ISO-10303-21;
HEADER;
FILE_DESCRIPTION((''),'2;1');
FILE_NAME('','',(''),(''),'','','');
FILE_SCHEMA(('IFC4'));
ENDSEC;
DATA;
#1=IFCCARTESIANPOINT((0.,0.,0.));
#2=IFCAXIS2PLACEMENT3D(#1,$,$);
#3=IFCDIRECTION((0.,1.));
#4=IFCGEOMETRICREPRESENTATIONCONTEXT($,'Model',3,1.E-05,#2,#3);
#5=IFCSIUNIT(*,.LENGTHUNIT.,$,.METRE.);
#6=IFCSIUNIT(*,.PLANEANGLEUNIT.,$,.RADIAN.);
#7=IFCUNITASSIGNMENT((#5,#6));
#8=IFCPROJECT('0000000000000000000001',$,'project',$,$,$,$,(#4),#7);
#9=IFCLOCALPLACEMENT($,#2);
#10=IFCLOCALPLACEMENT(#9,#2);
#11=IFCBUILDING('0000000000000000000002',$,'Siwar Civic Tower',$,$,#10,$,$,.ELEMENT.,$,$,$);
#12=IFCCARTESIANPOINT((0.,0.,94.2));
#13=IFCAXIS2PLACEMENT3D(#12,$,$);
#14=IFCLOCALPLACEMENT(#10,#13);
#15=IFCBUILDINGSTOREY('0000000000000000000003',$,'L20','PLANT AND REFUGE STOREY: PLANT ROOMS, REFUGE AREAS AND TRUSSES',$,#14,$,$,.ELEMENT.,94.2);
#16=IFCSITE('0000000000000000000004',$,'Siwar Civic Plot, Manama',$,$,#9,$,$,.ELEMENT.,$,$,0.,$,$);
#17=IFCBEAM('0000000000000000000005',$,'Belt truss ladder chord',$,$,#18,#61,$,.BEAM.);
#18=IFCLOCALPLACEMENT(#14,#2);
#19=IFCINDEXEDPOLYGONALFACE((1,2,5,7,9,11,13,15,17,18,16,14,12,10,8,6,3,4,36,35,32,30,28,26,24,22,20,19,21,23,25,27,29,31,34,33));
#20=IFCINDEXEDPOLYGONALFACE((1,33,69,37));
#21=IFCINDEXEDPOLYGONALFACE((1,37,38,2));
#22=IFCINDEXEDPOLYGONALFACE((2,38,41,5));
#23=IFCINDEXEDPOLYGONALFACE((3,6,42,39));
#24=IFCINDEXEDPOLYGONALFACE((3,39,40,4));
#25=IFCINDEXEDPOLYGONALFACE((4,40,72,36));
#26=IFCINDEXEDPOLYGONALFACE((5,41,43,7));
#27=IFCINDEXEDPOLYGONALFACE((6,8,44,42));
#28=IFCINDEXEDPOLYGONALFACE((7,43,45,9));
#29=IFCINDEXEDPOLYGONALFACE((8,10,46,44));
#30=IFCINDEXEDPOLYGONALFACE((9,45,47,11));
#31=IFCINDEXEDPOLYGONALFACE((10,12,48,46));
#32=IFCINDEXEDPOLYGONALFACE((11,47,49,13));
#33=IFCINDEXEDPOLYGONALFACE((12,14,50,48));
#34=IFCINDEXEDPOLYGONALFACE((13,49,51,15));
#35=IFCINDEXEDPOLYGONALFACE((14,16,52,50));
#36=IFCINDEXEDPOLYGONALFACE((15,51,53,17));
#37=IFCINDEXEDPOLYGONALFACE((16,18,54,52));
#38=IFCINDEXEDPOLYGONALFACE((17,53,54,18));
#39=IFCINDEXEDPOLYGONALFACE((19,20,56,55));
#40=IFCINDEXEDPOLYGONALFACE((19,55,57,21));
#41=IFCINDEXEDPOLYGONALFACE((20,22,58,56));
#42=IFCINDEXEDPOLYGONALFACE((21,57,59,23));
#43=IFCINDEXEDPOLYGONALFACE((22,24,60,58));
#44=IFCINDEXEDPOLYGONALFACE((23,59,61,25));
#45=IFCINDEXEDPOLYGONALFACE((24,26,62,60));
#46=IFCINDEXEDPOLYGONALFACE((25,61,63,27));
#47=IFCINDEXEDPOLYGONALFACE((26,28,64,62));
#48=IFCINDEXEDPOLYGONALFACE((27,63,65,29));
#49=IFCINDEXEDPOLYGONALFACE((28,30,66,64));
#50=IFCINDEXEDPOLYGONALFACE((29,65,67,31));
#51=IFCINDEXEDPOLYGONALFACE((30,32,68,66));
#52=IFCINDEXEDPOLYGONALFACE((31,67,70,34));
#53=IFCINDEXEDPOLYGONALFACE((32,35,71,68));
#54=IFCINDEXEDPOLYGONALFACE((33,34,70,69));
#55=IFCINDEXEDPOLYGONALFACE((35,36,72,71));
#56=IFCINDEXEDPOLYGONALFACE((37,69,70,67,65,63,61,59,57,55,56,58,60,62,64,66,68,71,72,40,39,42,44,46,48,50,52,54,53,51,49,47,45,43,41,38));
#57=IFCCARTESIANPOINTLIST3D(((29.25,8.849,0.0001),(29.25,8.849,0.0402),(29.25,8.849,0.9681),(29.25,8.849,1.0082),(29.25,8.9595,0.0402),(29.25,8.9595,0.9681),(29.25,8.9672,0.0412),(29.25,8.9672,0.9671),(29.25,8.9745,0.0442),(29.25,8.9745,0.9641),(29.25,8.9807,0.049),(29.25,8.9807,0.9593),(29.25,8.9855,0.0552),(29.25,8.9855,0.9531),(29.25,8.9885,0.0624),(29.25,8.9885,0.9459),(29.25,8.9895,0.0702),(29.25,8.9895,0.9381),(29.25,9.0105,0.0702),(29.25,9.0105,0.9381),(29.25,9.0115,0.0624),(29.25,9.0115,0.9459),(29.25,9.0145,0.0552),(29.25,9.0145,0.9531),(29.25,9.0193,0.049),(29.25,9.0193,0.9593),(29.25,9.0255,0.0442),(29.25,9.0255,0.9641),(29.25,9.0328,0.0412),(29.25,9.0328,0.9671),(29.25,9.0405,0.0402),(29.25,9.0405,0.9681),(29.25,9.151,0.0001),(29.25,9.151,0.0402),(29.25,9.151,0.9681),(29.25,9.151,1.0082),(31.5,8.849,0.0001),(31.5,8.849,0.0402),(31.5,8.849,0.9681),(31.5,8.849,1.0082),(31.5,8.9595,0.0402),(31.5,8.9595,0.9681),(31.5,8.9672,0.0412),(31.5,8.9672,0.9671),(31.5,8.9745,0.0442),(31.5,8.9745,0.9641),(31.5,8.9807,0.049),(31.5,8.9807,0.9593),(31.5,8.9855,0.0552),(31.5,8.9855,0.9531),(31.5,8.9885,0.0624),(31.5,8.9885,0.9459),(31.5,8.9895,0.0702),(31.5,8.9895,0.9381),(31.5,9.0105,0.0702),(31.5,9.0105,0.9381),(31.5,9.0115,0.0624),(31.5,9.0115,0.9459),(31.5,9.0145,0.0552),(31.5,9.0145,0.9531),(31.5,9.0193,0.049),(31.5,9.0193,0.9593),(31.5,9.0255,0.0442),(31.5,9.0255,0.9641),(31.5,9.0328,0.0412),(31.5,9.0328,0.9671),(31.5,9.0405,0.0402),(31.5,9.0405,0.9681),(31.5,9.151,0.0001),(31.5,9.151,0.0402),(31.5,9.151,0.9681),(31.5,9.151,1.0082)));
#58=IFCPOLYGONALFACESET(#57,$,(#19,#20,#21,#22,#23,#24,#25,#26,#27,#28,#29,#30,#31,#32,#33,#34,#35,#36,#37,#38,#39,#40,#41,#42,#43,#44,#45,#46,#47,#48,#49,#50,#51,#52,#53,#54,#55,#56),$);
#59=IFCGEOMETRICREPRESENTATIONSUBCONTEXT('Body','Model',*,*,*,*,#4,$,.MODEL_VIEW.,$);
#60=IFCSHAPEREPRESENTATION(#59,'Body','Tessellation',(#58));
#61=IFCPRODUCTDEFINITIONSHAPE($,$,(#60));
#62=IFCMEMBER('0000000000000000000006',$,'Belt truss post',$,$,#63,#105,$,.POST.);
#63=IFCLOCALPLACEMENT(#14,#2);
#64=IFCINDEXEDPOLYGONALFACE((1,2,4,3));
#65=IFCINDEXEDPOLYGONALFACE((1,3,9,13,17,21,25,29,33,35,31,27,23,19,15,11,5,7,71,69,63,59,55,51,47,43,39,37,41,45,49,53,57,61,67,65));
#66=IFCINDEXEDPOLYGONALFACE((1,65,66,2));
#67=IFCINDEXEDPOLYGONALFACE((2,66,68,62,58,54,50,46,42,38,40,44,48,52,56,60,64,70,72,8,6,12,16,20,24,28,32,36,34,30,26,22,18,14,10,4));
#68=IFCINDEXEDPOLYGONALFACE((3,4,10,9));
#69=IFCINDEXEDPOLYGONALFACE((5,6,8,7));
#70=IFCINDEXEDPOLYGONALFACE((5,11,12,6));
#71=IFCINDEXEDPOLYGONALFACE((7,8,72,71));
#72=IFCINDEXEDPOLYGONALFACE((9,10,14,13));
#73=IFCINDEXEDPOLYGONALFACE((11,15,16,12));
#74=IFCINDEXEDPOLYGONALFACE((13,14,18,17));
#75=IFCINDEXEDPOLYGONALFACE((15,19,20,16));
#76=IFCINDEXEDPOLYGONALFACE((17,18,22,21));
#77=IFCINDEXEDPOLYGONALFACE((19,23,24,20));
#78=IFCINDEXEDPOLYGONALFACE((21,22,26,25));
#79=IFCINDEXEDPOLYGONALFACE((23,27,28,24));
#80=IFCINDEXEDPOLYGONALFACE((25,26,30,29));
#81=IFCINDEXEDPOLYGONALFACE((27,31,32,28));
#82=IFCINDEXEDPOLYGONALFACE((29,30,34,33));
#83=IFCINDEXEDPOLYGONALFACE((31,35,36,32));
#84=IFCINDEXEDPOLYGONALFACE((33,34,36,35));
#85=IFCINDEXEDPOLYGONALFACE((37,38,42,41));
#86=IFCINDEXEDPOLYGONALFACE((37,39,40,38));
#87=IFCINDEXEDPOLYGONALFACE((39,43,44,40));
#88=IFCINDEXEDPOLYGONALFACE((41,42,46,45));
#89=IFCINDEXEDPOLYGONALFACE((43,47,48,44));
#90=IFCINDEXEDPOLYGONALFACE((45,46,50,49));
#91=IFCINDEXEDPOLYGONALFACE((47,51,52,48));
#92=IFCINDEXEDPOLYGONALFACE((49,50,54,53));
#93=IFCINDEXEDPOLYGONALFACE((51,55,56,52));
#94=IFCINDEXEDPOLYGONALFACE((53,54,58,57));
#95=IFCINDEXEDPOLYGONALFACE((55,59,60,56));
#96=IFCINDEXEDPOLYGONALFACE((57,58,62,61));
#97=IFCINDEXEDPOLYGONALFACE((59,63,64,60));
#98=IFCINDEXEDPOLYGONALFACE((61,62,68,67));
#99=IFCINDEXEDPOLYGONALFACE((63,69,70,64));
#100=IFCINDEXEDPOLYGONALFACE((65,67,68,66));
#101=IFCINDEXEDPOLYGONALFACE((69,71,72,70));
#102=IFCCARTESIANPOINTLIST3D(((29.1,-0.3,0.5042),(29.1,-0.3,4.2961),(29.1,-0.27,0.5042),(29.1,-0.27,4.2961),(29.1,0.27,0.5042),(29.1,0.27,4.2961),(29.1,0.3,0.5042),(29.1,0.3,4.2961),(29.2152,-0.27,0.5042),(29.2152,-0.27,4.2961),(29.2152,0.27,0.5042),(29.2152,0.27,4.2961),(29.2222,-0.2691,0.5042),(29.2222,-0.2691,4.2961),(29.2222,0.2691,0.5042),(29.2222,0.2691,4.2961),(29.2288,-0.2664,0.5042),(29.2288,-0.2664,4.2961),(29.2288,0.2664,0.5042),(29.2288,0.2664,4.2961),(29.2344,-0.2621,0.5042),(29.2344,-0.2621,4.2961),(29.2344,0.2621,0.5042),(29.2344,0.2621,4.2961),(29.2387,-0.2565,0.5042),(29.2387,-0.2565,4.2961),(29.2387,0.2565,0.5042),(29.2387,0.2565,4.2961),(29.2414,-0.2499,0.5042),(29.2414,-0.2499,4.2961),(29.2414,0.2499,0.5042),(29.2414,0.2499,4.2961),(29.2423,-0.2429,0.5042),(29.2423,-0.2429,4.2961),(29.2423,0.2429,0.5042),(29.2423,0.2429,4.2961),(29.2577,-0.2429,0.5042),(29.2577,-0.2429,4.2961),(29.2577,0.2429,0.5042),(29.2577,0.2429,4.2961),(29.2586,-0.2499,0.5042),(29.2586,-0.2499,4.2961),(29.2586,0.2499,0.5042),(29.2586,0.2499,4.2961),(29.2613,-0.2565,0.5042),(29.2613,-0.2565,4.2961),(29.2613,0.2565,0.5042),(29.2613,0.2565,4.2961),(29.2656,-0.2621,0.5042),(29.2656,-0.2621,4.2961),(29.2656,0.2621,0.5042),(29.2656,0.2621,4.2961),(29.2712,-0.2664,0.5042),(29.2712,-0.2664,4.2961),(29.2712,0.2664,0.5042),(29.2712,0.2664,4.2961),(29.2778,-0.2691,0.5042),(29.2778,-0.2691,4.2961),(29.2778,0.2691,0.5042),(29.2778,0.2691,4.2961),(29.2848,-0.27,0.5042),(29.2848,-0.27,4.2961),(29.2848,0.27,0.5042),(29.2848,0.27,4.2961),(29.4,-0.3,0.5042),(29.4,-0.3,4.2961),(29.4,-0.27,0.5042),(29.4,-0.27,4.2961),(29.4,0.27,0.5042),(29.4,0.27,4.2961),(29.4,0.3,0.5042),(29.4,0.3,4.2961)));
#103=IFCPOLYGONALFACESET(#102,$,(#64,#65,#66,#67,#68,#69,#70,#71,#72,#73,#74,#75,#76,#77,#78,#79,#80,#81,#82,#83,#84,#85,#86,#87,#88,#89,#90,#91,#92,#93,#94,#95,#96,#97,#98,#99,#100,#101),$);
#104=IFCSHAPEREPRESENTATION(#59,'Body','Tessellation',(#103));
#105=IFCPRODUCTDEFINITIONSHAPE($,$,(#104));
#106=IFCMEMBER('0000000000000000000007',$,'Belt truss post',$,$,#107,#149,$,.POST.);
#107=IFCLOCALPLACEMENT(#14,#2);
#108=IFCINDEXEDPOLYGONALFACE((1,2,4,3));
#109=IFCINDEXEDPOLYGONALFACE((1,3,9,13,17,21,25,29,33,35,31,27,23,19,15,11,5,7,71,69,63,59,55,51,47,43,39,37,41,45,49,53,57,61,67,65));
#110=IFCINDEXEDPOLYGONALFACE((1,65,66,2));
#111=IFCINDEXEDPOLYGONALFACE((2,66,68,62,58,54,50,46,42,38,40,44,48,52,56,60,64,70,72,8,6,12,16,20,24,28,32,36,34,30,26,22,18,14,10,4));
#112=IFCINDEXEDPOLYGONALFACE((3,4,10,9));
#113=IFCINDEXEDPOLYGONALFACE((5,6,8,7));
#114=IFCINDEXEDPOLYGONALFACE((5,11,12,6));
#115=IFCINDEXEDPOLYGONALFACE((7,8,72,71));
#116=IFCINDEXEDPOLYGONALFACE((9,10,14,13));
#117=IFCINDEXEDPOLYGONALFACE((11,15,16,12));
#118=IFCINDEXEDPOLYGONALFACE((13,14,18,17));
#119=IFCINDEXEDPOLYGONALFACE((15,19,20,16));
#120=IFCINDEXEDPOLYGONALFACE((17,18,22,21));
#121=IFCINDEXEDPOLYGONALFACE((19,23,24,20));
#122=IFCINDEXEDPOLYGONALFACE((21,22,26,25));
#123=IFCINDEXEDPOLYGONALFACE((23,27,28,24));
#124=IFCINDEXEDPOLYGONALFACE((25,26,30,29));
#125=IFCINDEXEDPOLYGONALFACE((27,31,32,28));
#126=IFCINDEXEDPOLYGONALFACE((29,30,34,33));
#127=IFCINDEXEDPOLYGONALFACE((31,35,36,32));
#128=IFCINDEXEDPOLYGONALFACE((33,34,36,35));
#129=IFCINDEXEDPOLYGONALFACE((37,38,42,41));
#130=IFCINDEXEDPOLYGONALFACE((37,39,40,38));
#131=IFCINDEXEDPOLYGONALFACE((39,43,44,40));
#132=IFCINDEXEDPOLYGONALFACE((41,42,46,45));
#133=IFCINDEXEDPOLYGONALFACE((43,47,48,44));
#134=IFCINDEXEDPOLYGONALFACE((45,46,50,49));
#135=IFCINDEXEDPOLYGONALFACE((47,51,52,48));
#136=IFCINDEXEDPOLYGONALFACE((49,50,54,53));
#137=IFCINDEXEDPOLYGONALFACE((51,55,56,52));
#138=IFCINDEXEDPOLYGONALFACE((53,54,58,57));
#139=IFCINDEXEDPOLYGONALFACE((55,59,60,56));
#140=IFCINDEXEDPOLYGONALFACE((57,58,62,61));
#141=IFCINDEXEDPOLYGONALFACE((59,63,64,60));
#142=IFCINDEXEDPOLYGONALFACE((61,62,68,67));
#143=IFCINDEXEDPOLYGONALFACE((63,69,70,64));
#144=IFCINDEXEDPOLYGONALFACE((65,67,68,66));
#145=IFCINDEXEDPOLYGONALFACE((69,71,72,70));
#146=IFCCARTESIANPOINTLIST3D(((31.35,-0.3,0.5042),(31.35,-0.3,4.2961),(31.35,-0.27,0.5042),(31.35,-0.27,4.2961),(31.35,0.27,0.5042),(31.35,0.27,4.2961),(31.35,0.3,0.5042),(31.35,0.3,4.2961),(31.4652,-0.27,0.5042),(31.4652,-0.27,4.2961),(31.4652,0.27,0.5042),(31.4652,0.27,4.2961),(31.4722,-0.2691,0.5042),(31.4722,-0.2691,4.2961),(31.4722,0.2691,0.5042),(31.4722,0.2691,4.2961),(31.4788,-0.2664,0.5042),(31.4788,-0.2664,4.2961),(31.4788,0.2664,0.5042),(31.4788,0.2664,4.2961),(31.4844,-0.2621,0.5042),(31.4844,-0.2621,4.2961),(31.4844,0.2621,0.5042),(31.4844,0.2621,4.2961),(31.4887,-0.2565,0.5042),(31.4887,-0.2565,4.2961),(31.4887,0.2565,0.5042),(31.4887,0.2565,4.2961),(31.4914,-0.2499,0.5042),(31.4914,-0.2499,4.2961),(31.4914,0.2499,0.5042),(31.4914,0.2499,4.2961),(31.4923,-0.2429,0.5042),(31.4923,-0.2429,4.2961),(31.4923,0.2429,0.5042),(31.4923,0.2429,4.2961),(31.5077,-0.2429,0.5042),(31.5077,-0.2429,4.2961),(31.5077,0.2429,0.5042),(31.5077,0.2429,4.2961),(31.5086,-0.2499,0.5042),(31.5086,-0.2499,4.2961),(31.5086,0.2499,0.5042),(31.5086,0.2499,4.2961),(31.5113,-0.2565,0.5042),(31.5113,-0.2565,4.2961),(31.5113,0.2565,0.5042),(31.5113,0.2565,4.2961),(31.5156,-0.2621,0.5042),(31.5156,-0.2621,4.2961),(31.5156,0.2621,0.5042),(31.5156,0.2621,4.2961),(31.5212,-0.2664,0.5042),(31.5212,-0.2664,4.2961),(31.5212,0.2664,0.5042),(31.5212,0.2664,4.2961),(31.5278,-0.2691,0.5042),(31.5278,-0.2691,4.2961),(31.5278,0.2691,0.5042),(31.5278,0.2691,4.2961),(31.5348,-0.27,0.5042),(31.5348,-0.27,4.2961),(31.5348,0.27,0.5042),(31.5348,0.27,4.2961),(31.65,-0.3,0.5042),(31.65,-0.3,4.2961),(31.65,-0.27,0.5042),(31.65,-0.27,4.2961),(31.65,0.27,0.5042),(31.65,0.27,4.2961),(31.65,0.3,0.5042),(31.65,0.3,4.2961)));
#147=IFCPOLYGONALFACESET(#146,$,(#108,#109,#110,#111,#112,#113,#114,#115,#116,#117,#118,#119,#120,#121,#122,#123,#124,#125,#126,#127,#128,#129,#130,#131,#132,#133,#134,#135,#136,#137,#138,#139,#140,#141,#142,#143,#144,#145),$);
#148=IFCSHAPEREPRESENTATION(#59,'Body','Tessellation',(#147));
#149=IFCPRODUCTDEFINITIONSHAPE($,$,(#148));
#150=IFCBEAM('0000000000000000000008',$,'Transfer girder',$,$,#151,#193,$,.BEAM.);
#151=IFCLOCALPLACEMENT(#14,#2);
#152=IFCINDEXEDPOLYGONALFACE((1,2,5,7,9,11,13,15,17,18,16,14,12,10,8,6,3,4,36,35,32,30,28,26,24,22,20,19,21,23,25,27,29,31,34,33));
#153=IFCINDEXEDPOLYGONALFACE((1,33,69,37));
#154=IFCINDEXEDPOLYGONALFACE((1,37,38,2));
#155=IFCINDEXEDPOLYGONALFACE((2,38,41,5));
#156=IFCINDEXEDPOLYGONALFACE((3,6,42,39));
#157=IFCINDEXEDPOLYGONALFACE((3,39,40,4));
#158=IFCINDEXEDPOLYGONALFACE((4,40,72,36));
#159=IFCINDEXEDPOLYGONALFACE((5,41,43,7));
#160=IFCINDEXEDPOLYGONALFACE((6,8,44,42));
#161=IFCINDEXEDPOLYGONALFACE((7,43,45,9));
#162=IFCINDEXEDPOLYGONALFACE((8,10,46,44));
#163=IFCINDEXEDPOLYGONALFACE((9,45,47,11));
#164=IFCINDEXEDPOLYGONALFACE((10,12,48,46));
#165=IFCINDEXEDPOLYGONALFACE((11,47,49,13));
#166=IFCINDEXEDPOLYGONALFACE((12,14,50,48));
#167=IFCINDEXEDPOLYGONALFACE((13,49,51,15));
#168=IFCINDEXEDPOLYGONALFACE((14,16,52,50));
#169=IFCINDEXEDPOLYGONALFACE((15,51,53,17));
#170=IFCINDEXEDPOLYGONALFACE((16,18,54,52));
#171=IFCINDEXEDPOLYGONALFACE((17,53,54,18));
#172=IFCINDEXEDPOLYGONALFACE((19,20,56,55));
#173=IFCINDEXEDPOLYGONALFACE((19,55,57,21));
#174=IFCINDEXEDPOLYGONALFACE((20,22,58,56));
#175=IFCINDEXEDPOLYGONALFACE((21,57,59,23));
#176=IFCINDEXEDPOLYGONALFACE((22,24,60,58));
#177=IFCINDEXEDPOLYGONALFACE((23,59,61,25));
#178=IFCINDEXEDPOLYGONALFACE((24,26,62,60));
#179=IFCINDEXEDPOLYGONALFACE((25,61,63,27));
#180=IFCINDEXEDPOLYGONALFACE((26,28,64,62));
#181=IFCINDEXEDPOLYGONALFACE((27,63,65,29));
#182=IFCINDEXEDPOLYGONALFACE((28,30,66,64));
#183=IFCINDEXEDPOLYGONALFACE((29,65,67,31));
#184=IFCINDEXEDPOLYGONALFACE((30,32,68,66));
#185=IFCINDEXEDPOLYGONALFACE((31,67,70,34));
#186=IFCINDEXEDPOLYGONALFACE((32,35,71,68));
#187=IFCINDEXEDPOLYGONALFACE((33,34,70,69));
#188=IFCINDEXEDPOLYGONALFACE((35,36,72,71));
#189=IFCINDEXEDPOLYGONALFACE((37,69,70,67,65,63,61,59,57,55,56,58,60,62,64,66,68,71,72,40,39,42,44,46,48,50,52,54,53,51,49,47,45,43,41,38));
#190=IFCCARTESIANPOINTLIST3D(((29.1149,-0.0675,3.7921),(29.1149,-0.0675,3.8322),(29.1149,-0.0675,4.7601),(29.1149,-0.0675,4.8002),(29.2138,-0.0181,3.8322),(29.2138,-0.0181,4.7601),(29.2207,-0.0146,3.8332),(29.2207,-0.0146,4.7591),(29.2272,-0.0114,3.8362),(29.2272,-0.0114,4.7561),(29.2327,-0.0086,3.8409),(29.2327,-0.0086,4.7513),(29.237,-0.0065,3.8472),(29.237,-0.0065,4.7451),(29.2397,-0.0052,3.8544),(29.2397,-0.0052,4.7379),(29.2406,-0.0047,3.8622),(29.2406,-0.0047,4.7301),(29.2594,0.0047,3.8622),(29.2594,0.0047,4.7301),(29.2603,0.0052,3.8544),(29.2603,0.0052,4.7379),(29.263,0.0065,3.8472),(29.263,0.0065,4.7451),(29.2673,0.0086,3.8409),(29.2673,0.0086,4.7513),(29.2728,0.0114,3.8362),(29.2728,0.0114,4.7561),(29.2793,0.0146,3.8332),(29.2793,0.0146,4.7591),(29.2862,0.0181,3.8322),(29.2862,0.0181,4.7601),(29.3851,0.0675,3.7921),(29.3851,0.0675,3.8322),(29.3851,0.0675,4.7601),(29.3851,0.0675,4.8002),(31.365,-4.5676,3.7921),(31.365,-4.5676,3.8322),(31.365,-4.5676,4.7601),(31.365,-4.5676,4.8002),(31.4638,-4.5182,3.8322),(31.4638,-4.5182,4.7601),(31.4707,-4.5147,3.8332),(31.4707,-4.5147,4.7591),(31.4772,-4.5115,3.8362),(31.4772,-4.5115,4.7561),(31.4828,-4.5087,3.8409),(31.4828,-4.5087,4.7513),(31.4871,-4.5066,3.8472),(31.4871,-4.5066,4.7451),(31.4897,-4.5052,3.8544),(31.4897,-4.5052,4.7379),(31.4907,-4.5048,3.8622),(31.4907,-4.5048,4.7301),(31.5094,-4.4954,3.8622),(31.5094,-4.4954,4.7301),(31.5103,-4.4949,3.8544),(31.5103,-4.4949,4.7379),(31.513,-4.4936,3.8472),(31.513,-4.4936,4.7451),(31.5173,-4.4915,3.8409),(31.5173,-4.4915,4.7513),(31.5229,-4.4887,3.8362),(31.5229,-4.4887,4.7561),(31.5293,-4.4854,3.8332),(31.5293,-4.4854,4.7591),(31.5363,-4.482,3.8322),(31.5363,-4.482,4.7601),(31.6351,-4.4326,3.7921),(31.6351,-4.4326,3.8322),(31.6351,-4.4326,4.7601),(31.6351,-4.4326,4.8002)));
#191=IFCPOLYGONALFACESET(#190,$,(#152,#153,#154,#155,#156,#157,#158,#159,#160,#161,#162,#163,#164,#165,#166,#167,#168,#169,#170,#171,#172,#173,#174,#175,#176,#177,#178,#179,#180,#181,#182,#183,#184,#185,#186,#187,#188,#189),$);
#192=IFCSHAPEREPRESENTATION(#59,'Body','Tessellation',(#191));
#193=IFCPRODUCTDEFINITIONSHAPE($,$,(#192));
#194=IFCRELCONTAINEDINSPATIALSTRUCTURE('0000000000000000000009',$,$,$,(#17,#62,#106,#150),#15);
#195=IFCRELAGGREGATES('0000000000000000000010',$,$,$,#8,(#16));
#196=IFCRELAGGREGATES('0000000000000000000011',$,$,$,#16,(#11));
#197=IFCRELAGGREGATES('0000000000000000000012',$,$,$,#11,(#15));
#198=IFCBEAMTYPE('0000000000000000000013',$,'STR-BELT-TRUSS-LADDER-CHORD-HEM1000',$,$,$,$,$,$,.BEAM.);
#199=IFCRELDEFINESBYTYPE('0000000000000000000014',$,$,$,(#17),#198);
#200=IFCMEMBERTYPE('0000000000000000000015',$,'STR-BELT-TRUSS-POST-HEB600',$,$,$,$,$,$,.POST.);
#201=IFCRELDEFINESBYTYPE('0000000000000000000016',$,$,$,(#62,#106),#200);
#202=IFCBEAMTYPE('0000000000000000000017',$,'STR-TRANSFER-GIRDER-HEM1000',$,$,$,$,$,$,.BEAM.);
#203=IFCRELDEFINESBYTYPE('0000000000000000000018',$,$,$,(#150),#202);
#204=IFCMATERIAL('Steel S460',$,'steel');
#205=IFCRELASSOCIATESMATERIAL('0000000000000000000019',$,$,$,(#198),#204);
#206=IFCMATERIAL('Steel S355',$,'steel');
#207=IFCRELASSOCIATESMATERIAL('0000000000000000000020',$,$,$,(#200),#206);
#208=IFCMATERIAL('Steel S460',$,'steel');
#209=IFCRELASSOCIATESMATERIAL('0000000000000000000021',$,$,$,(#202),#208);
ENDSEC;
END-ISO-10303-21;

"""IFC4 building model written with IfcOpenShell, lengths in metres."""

from ifc_helpers import new_model, si_unit, direction, frame, origin, origin_2d, place, context, subcontext, project, spatial, i_section, extrude, material, material_profile, profile_set, type_object, element, save


model = new_model("IFC4")

# Units and contexts
model_context = context("Model", 3, precision=1e-05, world=origin(), true_north=direction((0.0, 1.0)))
body_context = subcontext(model_context, "Body", "Model", "MODEL_VIEW")
ifc_project = project(units=[si_unit("LENGTHUNIT", "METRE"), si_unit("PLANEANGLEUNIT", "RADIAN")], contexts=[model_context])

# Site, building, storey
site_placement = place(None, origin())
site = spatial("IfcSite", under=ifc_project, at=site_placement, Name="Siwar Civic Plot, Manama", CompositionType="ELEMENT", RefElevation=0.0)
building_placement = place(site_placement, origin())
building = spatial("IfcBuilding", under=site, at=building_placement, Name="Siwar Civic Tower", CompositionType="ELEMENT")
storey_placement = place(building_placement, frame((0.0, 0.0, 94.2)))
storey = spatial("IfcBuildingStorey", under=building, at=storey_placement, Name="L20", Description="PLANT AND REFUGE STOREY: PLANT ROOMS, REFUGE AREAS AND TRUSSES", CompositionType="ELEMENT", Elevation=94.2)

# Beam
ifc_material_1 = material(Name="Steel S460", Category="steel")
ifc_material_profile_1 = material_profile(ifc_material_1, i_section(OverallWidth=0.302, OverallDepth=1.0081, WebThickness=0.021, FlangeThickness=0.04, FilletRadius=0.03, at=origin_2d()), Name="HEM1000")
ifc_profile_set_1 = profile_set([ifc_material_profile_1], Name="Steel S460")
beam_type_1 = type_object("IfcBeamType", Name="STR-BELT-TRUSS-LADDER-CHORD-HEM1000", PredefinedType="BEAM", material=ifc_profile_set_1)
for number, where, z_axis, x_axis, name in (
    (1, (29.25, 9.0, 0.5042), (1.0, 0.0, 0.0), (0.0, 1.0, 0.0), "Belt truss ladder chord"),
):
    element("IfcBeam", number, at=place(storey_placement, frame(where, z_axis=z_axis, x_axis=x_axis)), inside=storey, type_object=beam_type_1, Name=name, PredefinedType="BEAM", context=body_context, shape_type="SweptSolid", body=[
        extrude(i_section(OverallWidth=0.302, OverallDepth=1.0081, WebThickness=0.021, FlangeThickness=0.04, FilletRadius=0.03, at=origin_2d()), origin(), (0.0, 0.0, 1.0), 2.25),
    ])

# Members
ifc_material_2 = material(Name="Steel S355", Category="steel")
ifc_material_profile_2 = material_profile(ifc_material_2, i_section(OverallWidth=0.3, OverallDepth=0.6001, WebThickness=0.0154, FlangeThickness=0.03, FilletRadius=0.0271, at=origin_2d()), Name="HEB600")
ifc_profile_set_2 = profile_set([ifc_material_profile_2], Name="Steel S355")
member_type_1 = type_object("IfcMemberType", Name="STR-BELT-TRUSS-POST-HEB600", PredefinedType="POST", material=ifc_profile_set_2)
for number, where, z_axis, x_axis, name in (
    (2, (29.25, 0.0, 0.5042), (0.0, 0.0, 1.0), (1.0, 0.0, 0.0), "Belt truss post"),
    (3, (31.5, 0.0, 0.5042), (0.0, 0.0, 1.0), (1.0, 0.0, 0.0), "Belt truss post"),
):
    element("IfcMember", number, at=place(storey_placement, frame(where, z_axis=z_axis, x_axis=x_axis)), inside=storey, type_object=member_type_1, Name=name, PredefinedType="POST", context=body_context, shape_type="SweptSolid", body=[
        extrude(i_section(OverallWidth=0.3, OverallDepth=0.6001, WebThickness=0.0154, FlangeThickness=0.03, FilletRadius=0.0271, at=origin_2d()), origin(), (0.0, 0.0, 1.0), 3.792),
    ])

# Beam
ifc_material_3 = material(Name="Steel S460", Category="steel")
ifc_material_profile_3 = material_profile(ifc_material_3, i_section(OverallWidth=0.302, OverallDepth=1.0081, WebThickness=0.021, FlangeThickness=0.04, FilletRadius=0.03, at=origin_2d()), Name="HEM1000")
ifc_profile_set_3 = profile_set([ifc_material_profile_3], Name="Steel S460")
beam_type_2 = type_object("IfcBeamType", Name="STR-TRANSFER-GIRDER-HEM1000", PredefinedType="BEAM", material=ifc_profile_set_3)
for number, where, z_axis, x_axis, name in (
    (4, (29.25, 0.0, 4.2961), (0.447214, -0.894427, 0.0), (0.894427, 0.447214, 0.0), "Transfer girder"),
):
    element("IfcBeam", number, at=place(storey_placement, frame(where, z_axis=z_axis, x_axis=x_axis)), inside=storey, type_object=beam_type_2, Name=name, PredefinedType="BEAM", context=body_context, shape_type="SweptSolid", body=[
        extrude(i_section(OverallWidth=0.302, OverallDepth=1.0081, WebThickness=0.021, FlangeThickness=0.04, FilletRadius=0.03, at=origin_2d()), origin(), (0.0, 0.0, 1.0), 5.0312),
    ])

save(model, "model.ifc")
